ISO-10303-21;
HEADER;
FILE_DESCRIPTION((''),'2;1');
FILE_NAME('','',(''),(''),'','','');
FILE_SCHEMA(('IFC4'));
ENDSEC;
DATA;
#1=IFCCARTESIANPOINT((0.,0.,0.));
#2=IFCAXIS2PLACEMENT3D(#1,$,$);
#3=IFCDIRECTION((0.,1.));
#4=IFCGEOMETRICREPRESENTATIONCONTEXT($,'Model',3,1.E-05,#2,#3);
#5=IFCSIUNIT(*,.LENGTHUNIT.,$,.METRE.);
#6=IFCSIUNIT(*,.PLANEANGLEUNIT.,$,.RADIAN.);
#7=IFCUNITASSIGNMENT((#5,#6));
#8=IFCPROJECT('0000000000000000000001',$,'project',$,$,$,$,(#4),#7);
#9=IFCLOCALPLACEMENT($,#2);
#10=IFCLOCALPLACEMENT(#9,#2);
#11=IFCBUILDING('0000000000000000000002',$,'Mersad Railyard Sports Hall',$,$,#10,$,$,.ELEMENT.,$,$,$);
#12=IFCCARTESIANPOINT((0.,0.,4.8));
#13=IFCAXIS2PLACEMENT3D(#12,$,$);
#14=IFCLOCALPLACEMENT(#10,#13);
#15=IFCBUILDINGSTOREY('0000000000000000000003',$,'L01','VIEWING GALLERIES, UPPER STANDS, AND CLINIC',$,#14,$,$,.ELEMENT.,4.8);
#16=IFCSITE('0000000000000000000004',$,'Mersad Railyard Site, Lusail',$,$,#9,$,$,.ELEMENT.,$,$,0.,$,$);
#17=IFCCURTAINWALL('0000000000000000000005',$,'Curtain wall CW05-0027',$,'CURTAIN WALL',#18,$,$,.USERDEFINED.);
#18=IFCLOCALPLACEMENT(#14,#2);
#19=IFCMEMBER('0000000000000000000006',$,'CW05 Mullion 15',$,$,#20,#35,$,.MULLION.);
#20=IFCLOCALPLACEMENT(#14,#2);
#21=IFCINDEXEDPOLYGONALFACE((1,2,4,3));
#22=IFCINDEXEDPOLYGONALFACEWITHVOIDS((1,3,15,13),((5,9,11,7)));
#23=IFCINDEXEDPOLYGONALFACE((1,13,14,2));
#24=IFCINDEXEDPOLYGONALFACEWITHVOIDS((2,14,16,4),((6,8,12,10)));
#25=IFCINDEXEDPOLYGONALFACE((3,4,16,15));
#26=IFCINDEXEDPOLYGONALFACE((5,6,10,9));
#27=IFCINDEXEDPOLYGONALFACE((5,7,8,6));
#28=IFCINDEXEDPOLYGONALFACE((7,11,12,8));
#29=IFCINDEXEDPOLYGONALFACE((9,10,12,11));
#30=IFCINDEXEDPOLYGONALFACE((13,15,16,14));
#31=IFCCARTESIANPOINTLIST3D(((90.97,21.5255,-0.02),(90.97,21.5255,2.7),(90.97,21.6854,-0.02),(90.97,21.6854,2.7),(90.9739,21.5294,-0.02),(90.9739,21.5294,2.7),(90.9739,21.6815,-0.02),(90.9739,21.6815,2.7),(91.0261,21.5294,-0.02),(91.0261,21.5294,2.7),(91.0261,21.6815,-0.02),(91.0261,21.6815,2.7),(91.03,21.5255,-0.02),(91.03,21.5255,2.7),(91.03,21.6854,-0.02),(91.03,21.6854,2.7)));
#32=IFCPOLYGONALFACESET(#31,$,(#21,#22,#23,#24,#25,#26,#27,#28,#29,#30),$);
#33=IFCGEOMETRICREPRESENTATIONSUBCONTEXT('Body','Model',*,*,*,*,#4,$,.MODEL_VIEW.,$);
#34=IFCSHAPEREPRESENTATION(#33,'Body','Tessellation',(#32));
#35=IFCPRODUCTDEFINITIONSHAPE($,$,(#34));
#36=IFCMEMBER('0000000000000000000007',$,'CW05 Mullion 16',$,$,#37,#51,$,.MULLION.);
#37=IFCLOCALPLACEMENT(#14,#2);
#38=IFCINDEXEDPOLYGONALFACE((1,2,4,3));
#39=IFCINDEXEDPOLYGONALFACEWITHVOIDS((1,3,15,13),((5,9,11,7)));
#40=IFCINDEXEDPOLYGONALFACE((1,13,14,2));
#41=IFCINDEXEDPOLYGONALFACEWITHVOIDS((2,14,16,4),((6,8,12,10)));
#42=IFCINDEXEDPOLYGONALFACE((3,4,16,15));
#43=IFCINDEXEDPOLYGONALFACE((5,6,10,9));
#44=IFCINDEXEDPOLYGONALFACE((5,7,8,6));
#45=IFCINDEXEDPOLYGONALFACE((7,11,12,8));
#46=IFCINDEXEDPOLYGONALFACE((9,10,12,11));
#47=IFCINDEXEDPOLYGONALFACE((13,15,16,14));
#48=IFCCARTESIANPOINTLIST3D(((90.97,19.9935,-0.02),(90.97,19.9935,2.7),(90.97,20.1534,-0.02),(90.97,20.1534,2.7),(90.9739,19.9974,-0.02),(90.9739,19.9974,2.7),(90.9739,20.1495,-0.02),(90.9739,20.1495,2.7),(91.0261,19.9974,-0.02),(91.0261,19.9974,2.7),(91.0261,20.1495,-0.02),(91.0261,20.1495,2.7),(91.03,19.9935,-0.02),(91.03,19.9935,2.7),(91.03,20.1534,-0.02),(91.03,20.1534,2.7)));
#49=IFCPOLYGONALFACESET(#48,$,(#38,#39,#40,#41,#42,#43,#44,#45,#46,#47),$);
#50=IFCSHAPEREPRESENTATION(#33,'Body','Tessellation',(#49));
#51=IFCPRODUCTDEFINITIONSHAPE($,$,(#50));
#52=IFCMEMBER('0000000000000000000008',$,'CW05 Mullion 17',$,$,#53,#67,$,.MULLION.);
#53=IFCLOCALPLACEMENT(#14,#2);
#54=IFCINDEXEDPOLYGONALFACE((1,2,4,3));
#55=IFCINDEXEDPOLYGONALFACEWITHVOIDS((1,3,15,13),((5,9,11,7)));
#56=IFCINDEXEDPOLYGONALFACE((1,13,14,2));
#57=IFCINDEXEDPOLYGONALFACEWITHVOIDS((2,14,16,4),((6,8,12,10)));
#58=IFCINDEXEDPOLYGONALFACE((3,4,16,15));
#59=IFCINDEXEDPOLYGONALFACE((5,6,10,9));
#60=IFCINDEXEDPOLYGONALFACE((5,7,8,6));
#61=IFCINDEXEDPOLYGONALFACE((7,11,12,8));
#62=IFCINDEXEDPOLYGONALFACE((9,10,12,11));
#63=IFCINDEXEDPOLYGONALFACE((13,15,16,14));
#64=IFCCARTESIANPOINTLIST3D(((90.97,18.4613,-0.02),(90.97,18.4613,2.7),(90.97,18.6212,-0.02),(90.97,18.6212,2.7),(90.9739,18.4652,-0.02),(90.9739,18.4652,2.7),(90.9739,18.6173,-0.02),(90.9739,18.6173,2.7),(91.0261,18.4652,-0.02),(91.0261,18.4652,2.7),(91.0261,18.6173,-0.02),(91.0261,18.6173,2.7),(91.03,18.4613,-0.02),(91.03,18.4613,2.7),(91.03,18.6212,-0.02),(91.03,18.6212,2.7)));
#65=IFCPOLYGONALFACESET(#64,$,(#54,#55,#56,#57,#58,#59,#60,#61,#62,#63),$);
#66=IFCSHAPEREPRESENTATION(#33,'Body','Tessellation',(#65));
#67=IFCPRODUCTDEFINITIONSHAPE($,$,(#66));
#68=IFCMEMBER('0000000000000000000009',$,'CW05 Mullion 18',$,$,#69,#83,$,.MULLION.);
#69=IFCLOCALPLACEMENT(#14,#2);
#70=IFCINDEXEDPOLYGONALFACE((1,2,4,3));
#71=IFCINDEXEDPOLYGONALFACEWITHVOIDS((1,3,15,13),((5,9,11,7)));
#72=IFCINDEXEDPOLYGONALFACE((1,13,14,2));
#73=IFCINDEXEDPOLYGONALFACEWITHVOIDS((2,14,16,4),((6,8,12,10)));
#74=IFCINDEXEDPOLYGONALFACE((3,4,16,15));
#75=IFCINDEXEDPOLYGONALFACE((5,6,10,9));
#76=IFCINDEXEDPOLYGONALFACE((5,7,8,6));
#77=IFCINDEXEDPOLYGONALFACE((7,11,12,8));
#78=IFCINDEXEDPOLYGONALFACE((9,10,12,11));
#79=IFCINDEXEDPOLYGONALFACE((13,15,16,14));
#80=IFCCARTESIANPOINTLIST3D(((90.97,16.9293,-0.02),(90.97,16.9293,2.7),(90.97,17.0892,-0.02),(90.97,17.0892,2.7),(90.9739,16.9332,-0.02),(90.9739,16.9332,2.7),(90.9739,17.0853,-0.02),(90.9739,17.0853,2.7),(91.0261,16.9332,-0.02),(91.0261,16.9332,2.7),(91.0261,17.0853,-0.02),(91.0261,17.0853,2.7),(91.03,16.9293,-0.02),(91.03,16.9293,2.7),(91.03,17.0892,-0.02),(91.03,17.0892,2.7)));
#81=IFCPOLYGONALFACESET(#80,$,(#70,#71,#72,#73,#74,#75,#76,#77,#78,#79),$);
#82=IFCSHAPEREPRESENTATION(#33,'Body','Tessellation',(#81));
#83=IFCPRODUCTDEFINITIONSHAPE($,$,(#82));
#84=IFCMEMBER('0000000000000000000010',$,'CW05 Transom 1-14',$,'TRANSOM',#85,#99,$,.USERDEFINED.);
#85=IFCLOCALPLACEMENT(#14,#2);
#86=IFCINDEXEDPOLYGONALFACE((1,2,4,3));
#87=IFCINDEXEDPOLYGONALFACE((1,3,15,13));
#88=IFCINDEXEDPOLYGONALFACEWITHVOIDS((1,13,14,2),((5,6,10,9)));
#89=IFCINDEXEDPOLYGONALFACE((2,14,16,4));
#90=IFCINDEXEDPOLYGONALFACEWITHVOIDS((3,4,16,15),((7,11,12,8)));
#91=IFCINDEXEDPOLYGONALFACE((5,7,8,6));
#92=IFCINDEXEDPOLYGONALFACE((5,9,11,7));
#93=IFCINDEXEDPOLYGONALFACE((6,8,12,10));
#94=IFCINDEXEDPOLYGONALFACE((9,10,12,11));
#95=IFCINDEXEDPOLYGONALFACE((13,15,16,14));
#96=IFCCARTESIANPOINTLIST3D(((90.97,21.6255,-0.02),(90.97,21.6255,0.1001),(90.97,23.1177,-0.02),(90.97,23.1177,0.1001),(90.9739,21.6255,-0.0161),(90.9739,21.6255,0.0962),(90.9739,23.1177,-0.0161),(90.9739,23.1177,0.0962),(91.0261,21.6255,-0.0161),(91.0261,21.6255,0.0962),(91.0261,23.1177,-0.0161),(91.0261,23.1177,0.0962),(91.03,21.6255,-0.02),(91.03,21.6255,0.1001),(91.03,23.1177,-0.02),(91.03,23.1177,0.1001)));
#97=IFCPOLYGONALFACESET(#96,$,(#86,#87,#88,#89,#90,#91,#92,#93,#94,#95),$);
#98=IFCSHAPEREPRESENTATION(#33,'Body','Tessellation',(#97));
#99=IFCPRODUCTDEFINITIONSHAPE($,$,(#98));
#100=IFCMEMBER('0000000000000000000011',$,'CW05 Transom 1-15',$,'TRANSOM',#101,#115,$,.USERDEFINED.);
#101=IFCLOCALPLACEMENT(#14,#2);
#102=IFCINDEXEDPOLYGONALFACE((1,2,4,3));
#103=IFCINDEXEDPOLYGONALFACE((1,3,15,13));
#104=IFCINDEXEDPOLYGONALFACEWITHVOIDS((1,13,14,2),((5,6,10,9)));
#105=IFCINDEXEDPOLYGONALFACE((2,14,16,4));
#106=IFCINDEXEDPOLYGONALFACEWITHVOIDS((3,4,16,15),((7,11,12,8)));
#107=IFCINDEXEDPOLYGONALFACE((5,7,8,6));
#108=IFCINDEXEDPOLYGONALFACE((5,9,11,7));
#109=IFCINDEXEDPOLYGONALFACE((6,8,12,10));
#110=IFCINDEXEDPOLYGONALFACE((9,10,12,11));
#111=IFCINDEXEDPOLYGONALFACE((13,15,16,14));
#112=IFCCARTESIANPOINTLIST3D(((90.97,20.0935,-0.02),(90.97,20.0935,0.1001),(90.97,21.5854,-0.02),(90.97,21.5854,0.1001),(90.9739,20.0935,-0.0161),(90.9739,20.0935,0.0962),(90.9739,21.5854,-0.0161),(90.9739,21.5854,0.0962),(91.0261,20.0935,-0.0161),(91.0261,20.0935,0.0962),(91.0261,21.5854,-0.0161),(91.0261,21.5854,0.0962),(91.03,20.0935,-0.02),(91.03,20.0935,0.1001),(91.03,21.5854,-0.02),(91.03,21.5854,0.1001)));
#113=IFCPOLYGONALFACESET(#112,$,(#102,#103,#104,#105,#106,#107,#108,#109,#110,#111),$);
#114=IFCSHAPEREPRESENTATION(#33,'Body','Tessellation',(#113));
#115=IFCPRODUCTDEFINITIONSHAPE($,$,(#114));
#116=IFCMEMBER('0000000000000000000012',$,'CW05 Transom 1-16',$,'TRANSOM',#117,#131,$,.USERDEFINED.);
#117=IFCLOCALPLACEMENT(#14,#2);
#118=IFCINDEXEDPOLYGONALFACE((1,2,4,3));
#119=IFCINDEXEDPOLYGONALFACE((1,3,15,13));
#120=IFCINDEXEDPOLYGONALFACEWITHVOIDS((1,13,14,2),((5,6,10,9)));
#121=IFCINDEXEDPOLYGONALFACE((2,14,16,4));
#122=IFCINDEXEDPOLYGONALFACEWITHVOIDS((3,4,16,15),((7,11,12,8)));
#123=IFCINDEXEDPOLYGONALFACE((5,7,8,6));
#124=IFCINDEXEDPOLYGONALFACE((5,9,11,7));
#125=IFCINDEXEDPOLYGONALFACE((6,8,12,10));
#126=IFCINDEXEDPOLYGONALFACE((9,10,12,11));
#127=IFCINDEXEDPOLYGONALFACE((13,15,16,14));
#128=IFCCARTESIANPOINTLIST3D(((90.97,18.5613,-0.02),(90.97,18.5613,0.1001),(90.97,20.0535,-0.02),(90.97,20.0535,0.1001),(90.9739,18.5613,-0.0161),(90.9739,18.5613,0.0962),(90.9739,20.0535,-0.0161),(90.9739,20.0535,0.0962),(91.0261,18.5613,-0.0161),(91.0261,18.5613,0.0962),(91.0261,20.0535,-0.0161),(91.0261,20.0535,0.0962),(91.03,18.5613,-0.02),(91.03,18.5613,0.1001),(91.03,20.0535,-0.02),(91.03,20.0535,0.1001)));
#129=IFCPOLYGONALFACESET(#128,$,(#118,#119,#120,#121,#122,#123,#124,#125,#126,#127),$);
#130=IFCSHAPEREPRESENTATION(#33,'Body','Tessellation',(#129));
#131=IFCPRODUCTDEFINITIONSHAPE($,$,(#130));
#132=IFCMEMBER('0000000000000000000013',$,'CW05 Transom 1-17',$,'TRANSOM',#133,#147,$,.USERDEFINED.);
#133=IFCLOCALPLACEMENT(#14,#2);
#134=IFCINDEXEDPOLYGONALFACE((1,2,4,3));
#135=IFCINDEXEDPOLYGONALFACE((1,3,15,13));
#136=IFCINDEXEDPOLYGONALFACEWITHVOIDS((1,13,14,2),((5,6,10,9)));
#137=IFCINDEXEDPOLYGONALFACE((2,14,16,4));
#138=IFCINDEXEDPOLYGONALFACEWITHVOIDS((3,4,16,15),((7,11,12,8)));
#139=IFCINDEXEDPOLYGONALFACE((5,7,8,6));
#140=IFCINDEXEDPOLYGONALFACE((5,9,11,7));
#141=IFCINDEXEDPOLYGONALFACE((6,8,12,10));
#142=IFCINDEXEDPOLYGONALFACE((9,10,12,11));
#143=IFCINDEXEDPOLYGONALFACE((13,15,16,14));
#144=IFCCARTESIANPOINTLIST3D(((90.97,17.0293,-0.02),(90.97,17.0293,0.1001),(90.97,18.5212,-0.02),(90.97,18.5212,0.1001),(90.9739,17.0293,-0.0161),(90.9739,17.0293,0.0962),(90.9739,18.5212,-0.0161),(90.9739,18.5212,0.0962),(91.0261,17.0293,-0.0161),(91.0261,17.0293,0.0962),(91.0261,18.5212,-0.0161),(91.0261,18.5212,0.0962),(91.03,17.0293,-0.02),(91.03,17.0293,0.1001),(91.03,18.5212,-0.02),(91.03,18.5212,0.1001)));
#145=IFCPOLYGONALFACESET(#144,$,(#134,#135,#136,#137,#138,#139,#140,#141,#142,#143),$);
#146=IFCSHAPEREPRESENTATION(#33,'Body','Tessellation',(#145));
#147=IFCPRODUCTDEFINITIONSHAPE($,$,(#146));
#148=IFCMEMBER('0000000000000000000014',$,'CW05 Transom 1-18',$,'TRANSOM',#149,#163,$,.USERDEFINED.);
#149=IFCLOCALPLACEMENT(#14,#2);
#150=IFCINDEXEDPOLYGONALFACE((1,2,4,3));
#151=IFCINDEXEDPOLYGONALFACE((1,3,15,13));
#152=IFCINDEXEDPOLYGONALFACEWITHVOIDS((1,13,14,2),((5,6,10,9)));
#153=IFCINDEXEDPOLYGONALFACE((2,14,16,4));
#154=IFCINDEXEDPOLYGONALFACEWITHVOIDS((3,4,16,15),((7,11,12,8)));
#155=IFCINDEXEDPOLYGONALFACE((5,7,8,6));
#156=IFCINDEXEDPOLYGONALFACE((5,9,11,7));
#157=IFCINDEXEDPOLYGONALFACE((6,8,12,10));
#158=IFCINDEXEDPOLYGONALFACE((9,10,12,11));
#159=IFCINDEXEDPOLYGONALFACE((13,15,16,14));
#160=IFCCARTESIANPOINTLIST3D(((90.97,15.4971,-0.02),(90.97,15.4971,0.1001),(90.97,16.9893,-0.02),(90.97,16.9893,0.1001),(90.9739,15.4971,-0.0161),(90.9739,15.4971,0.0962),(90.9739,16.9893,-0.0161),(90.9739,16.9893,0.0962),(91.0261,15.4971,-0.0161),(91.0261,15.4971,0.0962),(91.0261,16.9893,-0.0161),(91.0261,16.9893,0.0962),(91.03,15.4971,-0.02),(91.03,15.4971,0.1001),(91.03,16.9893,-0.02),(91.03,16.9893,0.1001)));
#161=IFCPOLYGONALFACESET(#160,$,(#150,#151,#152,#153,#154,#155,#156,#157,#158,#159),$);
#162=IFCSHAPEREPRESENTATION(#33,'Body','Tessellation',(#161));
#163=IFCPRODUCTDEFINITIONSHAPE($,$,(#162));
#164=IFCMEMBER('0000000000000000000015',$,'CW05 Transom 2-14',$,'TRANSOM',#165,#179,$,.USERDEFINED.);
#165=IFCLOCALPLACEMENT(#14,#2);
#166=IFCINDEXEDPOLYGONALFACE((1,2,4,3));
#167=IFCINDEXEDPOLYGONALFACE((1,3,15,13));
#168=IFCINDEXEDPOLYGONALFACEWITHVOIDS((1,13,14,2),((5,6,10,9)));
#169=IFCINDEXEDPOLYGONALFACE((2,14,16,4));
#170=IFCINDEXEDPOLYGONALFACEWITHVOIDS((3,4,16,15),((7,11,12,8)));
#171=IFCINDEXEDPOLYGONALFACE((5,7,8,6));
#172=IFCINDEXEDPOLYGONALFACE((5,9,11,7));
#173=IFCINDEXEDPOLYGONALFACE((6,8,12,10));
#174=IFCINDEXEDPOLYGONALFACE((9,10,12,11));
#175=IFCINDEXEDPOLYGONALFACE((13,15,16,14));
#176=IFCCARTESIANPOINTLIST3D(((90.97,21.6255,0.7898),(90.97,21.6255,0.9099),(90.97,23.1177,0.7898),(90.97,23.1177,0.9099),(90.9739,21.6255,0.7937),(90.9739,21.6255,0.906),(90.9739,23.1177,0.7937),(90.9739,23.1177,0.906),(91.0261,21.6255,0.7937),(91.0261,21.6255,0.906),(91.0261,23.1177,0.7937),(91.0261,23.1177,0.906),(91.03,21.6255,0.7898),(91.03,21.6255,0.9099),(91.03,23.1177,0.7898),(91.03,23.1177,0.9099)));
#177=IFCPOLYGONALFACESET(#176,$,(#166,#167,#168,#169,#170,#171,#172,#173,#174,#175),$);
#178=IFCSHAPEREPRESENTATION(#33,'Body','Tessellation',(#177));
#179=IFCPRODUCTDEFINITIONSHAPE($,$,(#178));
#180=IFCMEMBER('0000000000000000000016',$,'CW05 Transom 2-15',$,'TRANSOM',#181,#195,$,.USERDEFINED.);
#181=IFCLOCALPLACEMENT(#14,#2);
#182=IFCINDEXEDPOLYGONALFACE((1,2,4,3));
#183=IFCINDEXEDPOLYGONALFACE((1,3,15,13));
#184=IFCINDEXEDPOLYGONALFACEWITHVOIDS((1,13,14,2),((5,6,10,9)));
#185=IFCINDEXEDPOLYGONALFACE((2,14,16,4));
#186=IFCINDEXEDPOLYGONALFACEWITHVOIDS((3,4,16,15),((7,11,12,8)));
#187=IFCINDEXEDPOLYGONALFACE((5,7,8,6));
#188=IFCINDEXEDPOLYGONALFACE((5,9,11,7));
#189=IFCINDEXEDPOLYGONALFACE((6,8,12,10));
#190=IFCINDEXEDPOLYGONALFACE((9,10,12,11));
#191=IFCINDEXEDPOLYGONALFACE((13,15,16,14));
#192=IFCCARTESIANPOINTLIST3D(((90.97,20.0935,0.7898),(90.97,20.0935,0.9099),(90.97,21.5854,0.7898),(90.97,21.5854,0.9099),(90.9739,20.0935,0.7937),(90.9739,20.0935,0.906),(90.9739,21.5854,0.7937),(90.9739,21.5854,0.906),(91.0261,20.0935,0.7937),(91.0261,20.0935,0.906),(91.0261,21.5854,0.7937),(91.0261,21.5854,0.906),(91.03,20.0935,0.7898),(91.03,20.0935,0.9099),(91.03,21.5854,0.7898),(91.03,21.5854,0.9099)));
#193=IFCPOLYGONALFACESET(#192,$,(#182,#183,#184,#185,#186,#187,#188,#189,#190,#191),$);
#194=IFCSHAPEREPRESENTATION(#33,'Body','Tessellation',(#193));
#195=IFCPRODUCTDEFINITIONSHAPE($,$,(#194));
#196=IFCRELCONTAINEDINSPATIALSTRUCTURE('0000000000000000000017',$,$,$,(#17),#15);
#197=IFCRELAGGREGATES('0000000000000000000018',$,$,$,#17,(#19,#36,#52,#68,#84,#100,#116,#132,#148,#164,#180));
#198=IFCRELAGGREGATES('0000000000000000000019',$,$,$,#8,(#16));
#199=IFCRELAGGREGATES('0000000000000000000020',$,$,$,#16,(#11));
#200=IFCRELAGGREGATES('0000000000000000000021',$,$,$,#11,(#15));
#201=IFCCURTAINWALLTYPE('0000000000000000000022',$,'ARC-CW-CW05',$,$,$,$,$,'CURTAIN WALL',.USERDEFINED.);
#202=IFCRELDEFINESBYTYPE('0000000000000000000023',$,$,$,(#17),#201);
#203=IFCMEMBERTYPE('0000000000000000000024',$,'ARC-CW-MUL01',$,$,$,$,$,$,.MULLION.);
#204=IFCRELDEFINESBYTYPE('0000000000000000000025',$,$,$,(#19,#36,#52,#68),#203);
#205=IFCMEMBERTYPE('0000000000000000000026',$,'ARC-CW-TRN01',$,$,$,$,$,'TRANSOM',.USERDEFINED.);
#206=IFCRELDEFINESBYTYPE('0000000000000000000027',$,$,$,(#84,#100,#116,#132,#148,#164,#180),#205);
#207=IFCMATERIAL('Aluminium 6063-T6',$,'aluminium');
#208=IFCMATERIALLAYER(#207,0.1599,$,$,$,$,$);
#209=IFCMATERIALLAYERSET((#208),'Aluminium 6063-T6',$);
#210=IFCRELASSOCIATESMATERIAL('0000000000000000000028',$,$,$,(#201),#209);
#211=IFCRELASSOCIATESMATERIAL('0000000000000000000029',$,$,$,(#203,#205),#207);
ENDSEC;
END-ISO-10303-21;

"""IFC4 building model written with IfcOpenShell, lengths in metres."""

from ifc_helpers import new_model, si_unit, direction, frame, origin, origin_2d, place, context, subcontext, project, spatial, hollow_rectangle, extrude, material, layer, layer_set, material_profile, profile_set, type_object, element, aggregate, save


model = new_model("IFC4")

# Units and contexts
model_context = context("Model", 3, precision=1e-05, world=origin(), true_north=direction((0.0, 1.0)))
body_context = subcontext(model_context, "Body", "Model", "MODEL_VIEW")
ifc_project = project(units=[si_unit("LENGTHUNIT", "METRE"), si_unit("PLANEANGLEUNIT", "RADIAN")], contexts=[model_context])

# Site, building, storey
site_placement = place(None, origin())
site = spatial("IfcSite", under=ifc_project, at=site_placement, Name="Mersad Railyard Site, Lusail", CompositionType="ELEMENT", RefElevation=0.0)
building_placement = place(site_placement, origin())
building = spatial("IfcBuilding", under=site, at=building_placement, Name="Mersad Railyard Sports Hall", CompositionType="ELEMENT")
storey_placement = place(building_placement, frame((0.0, 0.0, 4.8)))
storey = spatial("IfcBuildingStorey", under=building, at=storey_placement, Name="L01", Description="VIEWING GALLERIES, UPPER STANDS, AND CLINIC", CompositionType="ELEMENT", Elevation=4.8)

# Curtain wall, members
ifc_material_1 = material(Name="Aluminium 6063-T6", Category="aluminium")
ifc_layer_1 = layer(ifc_material_1, 0.1599)
ifc_layer_set_1 = layer_set([ifc_layer_1], Name="Aluminium 6063-T6")
curtain_wall_type = type_object("IfcCurtainWallType", Name="ARC-CW-CW05", ElementType="CURTAIN WALL", PredefinedType="USERDEFINED", material=ifc_layer_set_1)
curtain_wall_placement = place(storey_placement, origin())
curtain_wall = element("IfcCurtainWall", 1, at=curtain_wall_placement, inside=storey, type_object=curtain_wall_type, Name="Curtain wall CW05-0027", ObjectType="CURTAIN WALL", PredefinedType="USERDEFINED")
ifc_material_profile_1 = material_profile(ifc_material_1, hollow_rectangle(XDim=0.0601, YDim=0.1599, WallThickness=0.0039, at=origin_2d()), Name="AL MULLION 60x160x4")
ifc_profile_set_1 = profile_set([ifc_material_profile_1], Name="Aluminium 6063-T6")
member_type_1 = type_object("IfcMemberType", Name="ARC-CW-MUL01", PredefinedType="MULLION", material=ifc_profile_set_1)
member_1_placement = place(storey_placement, frame((91.0, 21.6055, -0.02), z_axis=(0.0, 0.0, 1.0), x_axis=(1.0, 0.0, 0.0)))
member_1 = element("IfcMember", 2, at=member_1_placement, type_object=member_type_1, Name="CW05 Mullion 15", PredefinedType="MULLION", context=body_context, shape_type="SweptSolid", body=[
    extrude(hollow_rectangle(XDim=0.0601, YDim=0.1599, WallThickness=0.0039, at=origin_2d()), origin(), (0.0, 0.0, 1.0), 2.72),
])
member_2_placement = place(storey_placement, frame((91.0, 20.0735, -0.02), z_axis=(0.0, 0.0, 1.0), x_axis=(1.0, 0.0, 0.0)))
member_2 = element("IfcMember", 3, at=member_2_placement, type_object=member_type_1, Name="CW05 Mullion 16", PredefinedType="MULLION", context=body_context, shape_type="SweptSolid", body=[
    extrude(hollow_rectangle(XDim=0.0601, YDim=0.1599, WallThickness=0.0039, at=origin_2d()), origin(), (0.0, 0.0, 1.0), 2.72),
])
member_3_placement = place(storey_placement, frame((91.0, 18.5413, -0.02), z_axis=(0.0, 0.0, 1.0), x_axis=(1.0, 0.0, 0.0)))
member_3 = element("IfcMember", 4, at=member_3_placement, type_object=member_type_1, Name="CW05 Mullion 17", PredefinedType="MULLION", context=body_context, shape_type="SweptSolid", body=[
    extrude(hollow_rectangle(XDim=0.0601, YDim=0.1599, WallThickness=0.0039, at=origin_2d()), origin(), (0.0, 0.0, 1.0), 2.72),
])
member_4_placement = place(storey_placement, frame((91.0, 17.0093, -0.02), z_axis=(0.0, 0.0, 1.0), x_axis=(1.0, 0.0, 0.0)))
member_4 = element("IfcMember", 5, at=member_4_placement, type_object=member_type_1, Name="CW05 Mullion 18", PredefinedType="MULLION", context=body_context, shape_type="SweptSolid", body=[
    extrude(hollow_rectangle(XDim=0.0601, YDim=0.1599, WallThickness=0.0039, at=origin_2d()), origin(), (0.0, 0.0, 1.0), 2.72),
])
ifc_material_profile_2 = material_profile(ifc_material_1, hollow_rectangle(XDim=0.0601, YDim=0.1201, WallThickness=0.0039, at=origin_2d()), Name="AL TRANSOM 60x120x4")
ifc_profile_set_2 = profile_set([ifc_material_profile_2], Name="Aluminium 6063-T6")
member_type_2 = type_object("IfcMemberType", Name="ARC-CW-TRN01", ElementType="TRANSOM", PredefinedType="USERDEFINED", material=ifc_profile_set_2)
member_5_placement = place(storey_placement, frame((91.0, 23.1177, 0.04), z_axis=(0.0, -1.0, 0.0), x_axis=(1.0, 0.0, 0.0)))
member_5 = element("IfcMember", 6, at=member_5_placement, type_object=member_type_2, Name="CW05 Transom 1-14", ObjectType="TRANSOM", PredefinedType="USERDEFINED", context=body_context, shape_type="SweptSolid", body=[
    extrude(hollow_rectangle(XDim=0.0601, YDim=0.1201, WallThickness=0.0039, at=origin_2d()), origin(), (0.0, 0.0, 1.0), 1.4922),
])
member_6_placement = place(storey_placement, frame((91.0, 21.5854, 0.04), z_axis=(0.0, -1.0, 0.0), x_axis=(1.0, 0.0, 0.0)))
member_6 = element("IfcMember", 7, at=member_6_placement, type_object=member_type_2, Name="CW05 Transom 1-15", ObjectType="TRANSOM", PredefinedType="USERDEFINED", context=body_context, shape_type="SweptSolid", body=[
    extrude(hollow_rectangle(XDim=0.0601, YDim=0.1201, WallThickness=0.0039, at=origin_2d()), origin(), (0.0, 0.0, 1.0), 1.4919),
])
member_7_placement = place(storey_placement, frame((91.0, 20.0535, 0.04), z_axis=(0.0, -1.0, 0.0), x_axis=(1.0, 0.0, 0.0)))
member_7 = element("IfcMember", 8, at=member_7_placement, type_object=member_type_2, Name="CW05 Transom 1-16", ObjectType="TRANSOM", PredefinedType="USERDEFINED", context=body_context, shape_type="SweptSolid", body=[
    extrude(hollow_rectangle(XDim=0.0601, YDim=0.1201, WallThickness=0.0039, at=origin_2d()), origin(), (0.0, 0.0, 1.0), 1.4922),
])
member_8_placement = place(storey_placement, frame((91.0, 18.5212, 0.04), z_axis=(0.0, -1.0, 0.0), x_axis=(1.0, 0.0, 0.0)))
member_8 = element("IfcMember", 9, at=member_8_placement, type_object=member_type_2, Name="CW05 Transom 1-17", ObjectType="TRANSOM", PredefinedType="USERDEFINED", context=body_context, shape_type="SweptSolid", body=[
    extrude(hollow_rectangle(XDim=0.0601, YDim=0.1201, WallThickness=0.0039, at=origin_2d()), origin(), (0.0, 0.0, 1.0), 1.4919),
])
member_9_placement = place(storey_placement, frame((91.0, 16.9893, 0.04), z_axis=(0.0, -1.0, 0.0), x_axis=(1.0, 0.0, 0.0)))
member_9 = element("IfcMember", 10, at=member_9_placement, type_object=member_type_2, Name="CW05 Transom 1-18", ObjectType="TRANSOM", PredefinedType="USERDEFINED", context=body_context, shape_type="SweptSolid", body=[
    extrude(hollow_rectangle(XDim=0.0601, YDim=0.1201, WallThickness=0.0039, at=origin_2d()), origin(), (0.0, 0.0, 1.0), 1.4922),
])
member_10_placement = place(storey_placement, frame((91.0, 23.1177, 0.8499), z_axis=(0.0, -1.0, 0.0), x_axis=(1.0, 0.0, 0.0)))
member_10 = element("IfcMember", 11, at=member_10_placement, type_object=member_type_2, Name="CW05 Transom 2-14", ObjectType="TRANSOM", PredefinedType="USERDEFINED", context=body_context, shape_type="SweptSolid", body=[
    extrude(hollow_rectangle(XDim=0.0601, YDim=0.1201, WallThickness=0.0039, at=origin_2d()), origin(), (0.0, 0.0, 1.0), 1.4922),
])
member_11_placement = place(storey_placement, frame((91.0, 21.5854, 0.8499), z_axis=(0.0, -1.0, 0.0), x_axis=(1.0, 0.0, 0.0)))
member_11 = element("IfcMember", 12, at=member_11_placement, type_object=member_type_2, Name="CW05 Transom 2-15", ObjectType="TRANSOM", PredefinedType="USERDEFINED", context=body_context, shape_type="SweptSolid", body=[
    extrude(hollow_rectangle(XDim=0.0601, YDim=0.1201, WallThickness=0.0039, at=origin_2d()), origin(), (0.0, 0.0, 1.0), 1.4919),
])
aggregate(curtain_wall, [member_1, member_2, member_3, member_4, member_5, member_6, member_7, member_8, member_9, member_10, member_11])

save(model, "model.ifc")
